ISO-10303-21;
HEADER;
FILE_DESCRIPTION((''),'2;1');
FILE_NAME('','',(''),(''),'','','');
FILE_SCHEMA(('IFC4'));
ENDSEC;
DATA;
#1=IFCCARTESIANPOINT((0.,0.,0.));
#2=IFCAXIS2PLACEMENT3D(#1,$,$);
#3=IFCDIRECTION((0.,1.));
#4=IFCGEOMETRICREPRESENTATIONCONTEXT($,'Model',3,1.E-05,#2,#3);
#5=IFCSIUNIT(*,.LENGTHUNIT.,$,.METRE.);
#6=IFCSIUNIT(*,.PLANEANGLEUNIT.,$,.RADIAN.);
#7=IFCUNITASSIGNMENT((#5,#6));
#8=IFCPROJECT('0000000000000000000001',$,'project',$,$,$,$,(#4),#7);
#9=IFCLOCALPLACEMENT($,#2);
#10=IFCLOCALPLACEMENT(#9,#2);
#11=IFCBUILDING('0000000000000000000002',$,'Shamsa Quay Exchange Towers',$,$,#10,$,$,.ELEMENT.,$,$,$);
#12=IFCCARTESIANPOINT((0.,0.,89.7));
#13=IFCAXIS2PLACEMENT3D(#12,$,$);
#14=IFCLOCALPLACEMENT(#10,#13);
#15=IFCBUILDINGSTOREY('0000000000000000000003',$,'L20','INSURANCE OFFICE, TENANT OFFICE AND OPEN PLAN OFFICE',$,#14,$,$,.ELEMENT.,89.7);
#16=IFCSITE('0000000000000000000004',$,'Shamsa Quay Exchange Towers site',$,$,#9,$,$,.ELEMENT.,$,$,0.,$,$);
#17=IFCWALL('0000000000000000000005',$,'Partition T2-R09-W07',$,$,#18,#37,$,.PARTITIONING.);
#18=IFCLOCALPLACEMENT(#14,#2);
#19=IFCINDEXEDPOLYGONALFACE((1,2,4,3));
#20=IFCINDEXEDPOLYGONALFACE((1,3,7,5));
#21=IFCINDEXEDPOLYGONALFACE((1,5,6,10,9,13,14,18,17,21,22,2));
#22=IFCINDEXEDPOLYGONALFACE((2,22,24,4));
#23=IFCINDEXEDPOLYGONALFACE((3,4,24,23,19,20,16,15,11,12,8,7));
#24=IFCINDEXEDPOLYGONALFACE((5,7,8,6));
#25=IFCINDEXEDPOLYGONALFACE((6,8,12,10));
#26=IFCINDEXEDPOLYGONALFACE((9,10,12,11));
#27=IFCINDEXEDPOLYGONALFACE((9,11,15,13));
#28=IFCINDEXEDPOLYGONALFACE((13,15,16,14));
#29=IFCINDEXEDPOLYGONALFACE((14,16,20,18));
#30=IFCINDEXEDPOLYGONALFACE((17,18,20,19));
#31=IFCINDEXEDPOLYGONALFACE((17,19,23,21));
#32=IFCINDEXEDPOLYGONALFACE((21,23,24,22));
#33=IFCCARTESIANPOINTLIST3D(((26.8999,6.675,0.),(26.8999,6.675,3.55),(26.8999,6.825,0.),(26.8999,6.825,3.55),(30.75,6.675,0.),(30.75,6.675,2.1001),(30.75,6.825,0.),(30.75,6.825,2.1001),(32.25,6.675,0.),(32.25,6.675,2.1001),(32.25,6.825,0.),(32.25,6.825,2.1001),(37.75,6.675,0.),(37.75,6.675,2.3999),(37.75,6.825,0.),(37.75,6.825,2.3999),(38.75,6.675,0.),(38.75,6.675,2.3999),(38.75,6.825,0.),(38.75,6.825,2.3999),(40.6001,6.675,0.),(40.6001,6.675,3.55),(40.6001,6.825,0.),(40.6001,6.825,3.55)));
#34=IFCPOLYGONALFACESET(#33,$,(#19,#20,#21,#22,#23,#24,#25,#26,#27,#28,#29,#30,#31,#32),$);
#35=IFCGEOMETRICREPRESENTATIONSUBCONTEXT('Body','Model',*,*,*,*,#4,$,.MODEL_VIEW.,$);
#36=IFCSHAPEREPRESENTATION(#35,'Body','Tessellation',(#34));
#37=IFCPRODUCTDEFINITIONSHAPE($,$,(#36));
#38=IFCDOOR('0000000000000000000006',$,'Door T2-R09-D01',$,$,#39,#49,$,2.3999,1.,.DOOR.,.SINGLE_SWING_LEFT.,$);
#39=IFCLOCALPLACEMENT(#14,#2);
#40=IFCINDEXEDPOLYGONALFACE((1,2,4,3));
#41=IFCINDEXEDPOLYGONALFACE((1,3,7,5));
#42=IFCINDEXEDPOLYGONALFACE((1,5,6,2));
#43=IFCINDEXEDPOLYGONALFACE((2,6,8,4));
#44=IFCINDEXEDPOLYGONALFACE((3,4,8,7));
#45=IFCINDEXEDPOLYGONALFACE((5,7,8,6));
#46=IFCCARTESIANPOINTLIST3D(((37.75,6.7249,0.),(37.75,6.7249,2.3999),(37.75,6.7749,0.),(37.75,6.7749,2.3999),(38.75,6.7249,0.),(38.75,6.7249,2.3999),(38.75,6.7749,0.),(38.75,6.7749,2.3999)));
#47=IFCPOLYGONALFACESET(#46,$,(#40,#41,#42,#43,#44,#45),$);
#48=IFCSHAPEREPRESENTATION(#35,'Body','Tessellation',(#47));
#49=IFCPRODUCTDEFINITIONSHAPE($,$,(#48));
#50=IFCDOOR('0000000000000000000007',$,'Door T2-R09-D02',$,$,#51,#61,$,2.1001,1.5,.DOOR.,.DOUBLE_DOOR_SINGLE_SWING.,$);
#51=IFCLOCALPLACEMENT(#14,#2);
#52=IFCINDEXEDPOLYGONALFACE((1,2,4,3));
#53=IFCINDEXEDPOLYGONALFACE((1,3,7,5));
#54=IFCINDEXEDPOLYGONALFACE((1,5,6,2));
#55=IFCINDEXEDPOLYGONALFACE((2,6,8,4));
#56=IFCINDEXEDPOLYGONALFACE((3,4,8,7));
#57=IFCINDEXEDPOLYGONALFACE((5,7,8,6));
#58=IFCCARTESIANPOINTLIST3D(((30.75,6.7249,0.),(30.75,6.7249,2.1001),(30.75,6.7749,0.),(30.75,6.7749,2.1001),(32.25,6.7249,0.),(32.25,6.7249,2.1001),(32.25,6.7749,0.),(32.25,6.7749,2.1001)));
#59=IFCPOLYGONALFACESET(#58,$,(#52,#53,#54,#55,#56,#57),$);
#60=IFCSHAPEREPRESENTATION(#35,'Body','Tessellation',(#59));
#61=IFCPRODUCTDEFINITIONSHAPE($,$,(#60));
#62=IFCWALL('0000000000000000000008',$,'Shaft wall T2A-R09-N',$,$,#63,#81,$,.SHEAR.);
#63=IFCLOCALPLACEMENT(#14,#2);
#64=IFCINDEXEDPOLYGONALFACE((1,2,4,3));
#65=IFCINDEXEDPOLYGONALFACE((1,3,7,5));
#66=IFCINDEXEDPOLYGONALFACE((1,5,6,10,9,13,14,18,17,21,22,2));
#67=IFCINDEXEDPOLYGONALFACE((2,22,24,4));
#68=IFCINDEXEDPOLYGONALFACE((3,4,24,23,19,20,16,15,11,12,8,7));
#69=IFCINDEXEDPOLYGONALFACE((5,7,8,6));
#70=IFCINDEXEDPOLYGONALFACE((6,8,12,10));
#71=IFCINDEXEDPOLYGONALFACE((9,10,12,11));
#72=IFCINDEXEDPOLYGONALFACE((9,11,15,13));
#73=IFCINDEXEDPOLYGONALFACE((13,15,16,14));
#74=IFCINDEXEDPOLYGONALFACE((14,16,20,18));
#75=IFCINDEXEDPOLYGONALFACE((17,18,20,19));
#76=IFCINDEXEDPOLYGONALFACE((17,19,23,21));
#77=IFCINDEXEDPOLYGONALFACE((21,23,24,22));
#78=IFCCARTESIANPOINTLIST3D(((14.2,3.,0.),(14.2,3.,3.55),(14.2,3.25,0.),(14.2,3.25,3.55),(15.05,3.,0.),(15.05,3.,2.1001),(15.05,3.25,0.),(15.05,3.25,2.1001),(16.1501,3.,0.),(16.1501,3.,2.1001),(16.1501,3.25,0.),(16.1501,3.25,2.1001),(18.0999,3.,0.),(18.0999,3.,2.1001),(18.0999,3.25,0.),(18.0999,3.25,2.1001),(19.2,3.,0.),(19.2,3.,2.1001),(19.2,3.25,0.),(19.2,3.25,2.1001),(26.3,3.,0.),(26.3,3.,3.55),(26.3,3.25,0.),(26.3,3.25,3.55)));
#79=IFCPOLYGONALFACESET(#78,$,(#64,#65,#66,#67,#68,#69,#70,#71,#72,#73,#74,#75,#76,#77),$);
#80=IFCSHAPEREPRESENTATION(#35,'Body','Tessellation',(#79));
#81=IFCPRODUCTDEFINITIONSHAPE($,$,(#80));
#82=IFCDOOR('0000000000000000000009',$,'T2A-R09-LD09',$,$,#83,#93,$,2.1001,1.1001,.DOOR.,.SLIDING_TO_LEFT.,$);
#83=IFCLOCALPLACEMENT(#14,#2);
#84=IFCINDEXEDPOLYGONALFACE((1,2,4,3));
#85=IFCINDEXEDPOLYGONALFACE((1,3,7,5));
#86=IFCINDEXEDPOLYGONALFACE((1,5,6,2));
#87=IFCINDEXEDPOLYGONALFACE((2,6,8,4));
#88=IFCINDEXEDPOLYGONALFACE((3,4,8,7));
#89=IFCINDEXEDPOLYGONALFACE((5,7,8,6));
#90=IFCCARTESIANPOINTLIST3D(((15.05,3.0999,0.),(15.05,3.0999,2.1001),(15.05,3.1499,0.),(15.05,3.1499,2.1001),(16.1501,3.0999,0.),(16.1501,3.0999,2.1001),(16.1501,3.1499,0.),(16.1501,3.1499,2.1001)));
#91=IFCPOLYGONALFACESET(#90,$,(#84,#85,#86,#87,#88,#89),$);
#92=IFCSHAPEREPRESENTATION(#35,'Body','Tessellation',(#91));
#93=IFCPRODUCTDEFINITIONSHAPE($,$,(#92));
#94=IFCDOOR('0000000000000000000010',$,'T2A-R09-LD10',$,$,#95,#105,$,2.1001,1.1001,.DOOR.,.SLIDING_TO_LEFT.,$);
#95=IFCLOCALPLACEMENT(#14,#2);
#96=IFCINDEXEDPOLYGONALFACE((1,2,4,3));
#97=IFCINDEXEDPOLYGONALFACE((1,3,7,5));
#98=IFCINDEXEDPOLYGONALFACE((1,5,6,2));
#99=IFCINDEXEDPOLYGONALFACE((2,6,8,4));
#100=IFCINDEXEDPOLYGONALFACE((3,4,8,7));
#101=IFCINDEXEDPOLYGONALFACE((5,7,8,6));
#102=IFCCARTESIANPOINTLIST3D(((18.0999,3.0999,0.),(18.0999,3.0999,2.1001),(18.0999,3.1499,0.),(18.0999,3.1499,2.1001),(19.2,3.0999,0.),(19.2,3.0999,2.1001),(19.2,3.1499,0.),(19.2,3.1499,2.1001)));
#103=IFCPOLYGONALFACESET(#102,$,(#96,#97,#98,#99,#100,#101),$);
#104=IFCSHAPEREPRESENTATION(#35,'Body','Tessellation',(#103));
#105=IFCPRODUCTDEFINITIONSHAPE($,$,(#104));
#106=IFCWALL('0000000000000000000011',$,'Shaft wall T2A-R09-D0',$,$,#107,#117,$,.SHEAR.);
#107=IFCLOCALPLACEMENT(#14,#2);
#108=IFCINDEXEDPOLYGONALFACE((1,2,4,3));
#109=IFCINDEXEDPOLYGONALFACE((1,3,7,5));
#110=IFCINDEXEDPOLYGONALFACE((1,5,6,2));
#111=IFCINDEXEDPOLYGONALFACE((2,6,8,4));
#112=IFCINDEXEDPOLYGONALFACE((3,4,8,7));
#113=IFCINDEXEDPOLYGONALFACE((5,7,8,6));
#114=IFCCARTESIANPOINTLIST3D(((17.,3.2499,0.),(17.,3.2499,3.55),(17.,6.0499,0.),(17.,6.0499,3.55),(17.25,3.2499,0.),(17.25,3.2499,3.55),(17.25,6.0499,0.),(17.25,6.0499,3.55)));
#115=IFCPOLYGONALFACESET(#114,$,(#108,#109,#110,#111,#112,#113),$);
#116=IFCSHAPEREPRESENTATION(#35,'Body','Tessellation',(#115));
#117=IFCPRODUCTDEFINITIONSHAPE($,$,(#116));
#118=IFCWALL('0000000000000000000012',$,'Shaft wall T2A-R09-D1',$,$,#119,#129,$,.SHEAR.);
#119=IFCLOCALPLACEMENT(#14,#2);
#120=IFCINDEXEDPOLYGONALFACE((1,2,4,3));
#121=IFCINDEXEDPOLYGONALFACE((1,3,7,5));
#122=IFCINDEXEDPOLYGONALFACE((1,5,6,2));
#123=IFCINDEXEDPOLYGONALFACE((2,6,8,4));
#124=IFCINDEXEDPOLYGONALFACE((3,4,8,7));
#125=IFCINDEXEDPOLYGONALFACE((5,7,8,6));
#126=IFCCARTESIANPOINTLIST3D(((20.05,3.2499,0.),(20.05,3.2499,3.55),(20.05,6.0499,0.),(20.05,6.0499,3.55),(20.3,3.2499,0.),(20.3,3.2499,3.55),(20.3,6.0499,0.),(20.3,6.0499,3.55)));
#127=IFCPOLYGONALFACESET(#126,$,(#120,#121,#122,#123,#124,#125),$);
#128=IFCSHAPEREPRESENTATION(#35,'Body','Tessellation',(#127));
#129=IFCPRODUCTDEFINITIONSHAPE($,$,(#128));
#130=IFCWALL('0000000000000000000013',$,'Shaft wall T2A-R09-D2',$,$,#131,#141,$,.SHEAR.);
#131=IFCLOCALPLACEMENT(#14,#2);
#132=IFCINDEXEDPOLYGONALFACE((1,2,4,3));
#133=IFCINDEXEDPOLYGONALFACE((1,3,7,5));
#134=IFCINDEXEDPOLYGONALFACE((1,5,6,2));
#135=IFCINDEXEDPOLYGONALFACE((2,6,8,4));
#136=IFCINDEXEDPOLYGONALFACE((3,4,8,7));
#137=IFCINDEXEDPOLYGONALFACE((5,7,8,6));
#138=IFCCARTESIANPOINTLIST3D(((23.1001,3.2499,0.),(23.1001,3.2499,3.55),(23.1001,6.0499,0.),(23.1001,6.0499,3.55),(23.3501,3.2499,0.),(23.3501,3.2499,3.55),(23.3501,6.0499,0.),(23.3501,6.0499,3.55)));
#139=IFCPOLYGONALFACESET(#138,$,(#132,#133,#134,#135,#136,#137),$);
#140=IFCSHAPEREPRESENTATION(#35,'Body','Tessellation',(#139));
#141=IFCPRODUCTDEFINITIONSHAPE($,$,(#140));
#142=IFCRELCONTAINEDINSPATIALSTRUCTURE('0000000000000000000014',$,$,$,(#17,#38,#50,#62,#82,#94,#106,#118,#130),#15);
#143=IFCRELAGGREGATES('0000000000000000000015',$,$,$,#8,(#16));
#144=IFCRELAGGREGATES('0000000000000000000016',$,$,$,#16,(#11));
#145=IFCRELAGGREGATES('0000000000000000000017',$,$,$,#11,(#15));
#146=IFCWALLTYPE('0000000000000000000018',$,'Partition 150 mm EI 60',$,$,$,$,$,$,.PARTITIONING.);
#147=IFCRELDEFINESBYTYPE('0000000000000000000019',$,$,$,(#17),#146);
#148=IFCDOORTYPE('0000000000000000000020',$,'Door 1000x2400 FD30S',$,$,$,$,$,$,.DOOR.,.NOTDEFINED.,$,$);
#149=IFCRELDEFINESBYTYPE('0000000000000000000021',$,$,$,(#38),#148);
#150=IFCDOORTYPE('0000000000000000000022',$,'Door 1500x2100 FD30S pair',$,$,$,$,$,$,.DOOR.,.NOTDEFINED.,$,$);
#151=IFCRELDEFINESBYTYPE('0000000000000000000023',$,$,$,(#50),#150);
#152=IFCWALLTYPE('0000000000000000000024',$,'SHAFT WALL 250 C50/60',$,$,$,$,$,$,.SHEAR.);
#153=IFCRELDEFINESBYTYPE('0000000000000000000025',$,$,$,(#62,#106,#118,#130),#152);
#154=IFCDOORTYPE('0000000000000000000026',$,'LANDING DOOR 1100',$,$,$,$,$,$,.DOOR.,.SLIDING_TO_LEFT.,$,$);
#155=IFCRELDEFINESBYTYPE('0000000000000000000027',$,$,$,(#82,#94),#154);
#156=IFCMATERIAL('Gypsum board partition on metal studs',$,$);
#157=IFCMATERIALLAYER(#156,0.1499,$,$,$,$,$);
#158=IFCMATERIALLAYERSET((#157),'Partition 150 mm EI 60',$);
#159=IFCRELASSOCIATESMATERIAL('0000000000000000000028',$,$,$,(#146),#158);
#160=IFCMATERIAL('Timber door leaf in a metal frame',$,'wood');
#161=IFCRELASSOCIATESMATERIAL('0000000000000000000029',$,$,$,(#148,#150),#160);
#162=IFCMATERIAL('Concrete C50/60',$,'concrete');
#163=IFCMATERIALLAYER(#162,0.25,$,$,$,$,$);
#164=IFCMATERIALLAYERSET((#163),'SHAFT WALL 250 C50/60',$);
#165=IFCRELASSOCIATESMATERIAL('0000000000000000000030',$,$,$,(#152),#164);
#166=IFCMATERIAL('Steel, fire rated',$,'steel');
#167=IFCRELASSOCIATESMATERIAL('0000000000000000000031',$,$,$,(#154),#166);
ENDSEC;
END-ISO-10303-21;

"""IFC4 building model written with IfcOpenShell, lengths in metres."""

from ifc_helpers import new_model, si_unit, direction, frame, frame_2d, origin, place, context, subcontext, project, spatial, rectangle, extrude, material, layer, layer_set, type_object, element, fill, save


model = new_model("IFC4")

# Units and contexts
model_context = context("Model", 3, precision=1e-05, world=origin(), true_north=direction((0.0, 1.0)))
body_context = subcontext(model_context, "Body", "Model", "MODEL_VIEW")
ifc_project = project(units=[si_unit("LENGTHUNIT", "METRE"), si_unit("PLANEANGLEUNIT", "RADIAN")], contexts=[model_context])

# Site, building, storey
site_placement = place(None, origin())
site = spatial("IfcSite", under=ifc_project, at=site_placement, Name="Shamsa Quay Exchange Towers site", CompositionType="ELEMENT", RefElevation=0.0)
building_placement = place(site_placement, origin())
building = spatial("IfcBuilding", under=site, at=building_placement, Name="Shamsa Quay Exchange Towers", CompositionType="ELEMENT")
storey_placement = place(building_placement, frame((0.0, 0.0, 89.7)))
storey = spatial("IfcBuildingStorey", under=building, at=storey_placement, Name="L20", Description="INSURANCE OFFICE, TENANT OFFICE AND OPEN PLAN OFFICE", CompositionType="ELEMENT", Elevation=89.7)

# Walls, openings, doors
ifc_material_1 = material(Name="Steel, fire rated", Category="steel")
ifc_material_2 = material(Name="Gypsum board partition on metal studs")
ifc_layer_1 = layer(ifc_material_2, 0.1499)
ifc_layer_set_1 = layer_set([ifc_layer_1], Name="Partition 150 mm EI 60")
wall_type_1 = type_object("IfcWallType", Name="Partition 150 mm EI 60", PredefinedType="PARTITIONING", material=ifc_layer_set_1)
wall_1_placement = place(storey_placement, frame((26.8999, 6.75, 0.0)))
wall_1 = element("IfcWall", 1, at=wall_1_placement, inside=storey, type_object=wall_type_1, Name="Partition T2-R09-W07", PredefinedType="PARTITIONING", context=body_context, shape_type="SweptSolid", body=[
    extrude(rectangle(XDim=13.7002, YDim=0.1499, at=frame_2d((6.8501, 0.0))), origin(), (0.0, 0.0, 1.0), 3.55),
])
opening_1_placement = place(wall_1_placement, frame((10.8501, 0.0, 0.0)))
opening_1 = element("IfcOpeningElement", 2, at=opening_1_placement, cuts=wall_1, PredefinedType="OPENING", context=body_context, shape_type="SweptSolid", body=[
    extrude(rectangle(XDim=1.0, YDim=2.3999, at=frame_2d((0.5, 1.2))), frame((0.0, 0.085, 0.0), z_axis=(0.0, -1.0, 0.0), x_axis=(1.0, 0.0, 0.0)), (0.0, 0.0, 1.0), 0.1699),
])
opening_2_placement = place(wall_1_placement, frame((3.8501, 0.0, 0.0)))
opening_2 = element("IfcOpeningElement", 3, at=opening_2_placement, cuts=wall_1, PredefinedType="OPENING", context=body_context, shape_type="SweptSolid", body=[
    extrude(rectangle(XDim=1.5, YDim=2.1001, at=frame_2d((0.75, 1.05))), frame((0.0, 0.085, 0.0), z_axis=(0.0, -1.0, 0.0), x_axis=(1.0, 0.0, 0.0)), (0.0, 0.0, 1.0), 0.1699),
])
ifc_material_3 = material(Name="Timber door leaf in a metal frame", Category="wood")
door_type_1 = type_object("IfcDoorType", Name="Door 1000x2400 FD30S", OperationType="NOTDEFINED", PredefinedType="DOOR", material=ifc_material_3)
door_1_placement = place(opening_1_placement, origin())
door_1 = element("IfcDoor", 4, at=door_1_placement, inside=storey, type_object=door_type_1, Name="Door T2-R09-D01", OperationType="SINGLE_SWING_LEFT", OverallHeight=2.3999, OverallWidth=1.0, PredefinedType="DOOR", context=body_context, shape_type="SweptSolid", body=[
    extrude(rectangle(XDim=1.0, YDim=2.3999, at=frame_2d((0.5, 1.2))), frame((0.0, 0.0249, 0.0), z_axis=(0.0, -1.0, 0.0), x_axis=(1.0, 0.0, 0.0)), (0.0, 0.0, 1.0), 0.05),
])
fill(opening_1, door_1)
door_type_2 = type_object("IfcDoorType", Name="Door 1500x2100 FD30S pair", OperationType="NOTDEFINED", PredefinedType="DOOR", material=ifc_material_3)
door_2_placement = place(opening_2_placement, origin())
door_2 = element("IfcDoor", 5, at=door_2_placement, inside=storey, type_object=door_type_2, Name="Door T2-R09-D02", OperationType="DOUBLE_DOOR_SINGLE_SWING", OverallHeight=2.1001, OverallWidth=1.5, PredefinedType="DOOR", context=body_context, shape_type="SweptSolid", body=[
    extrude(rectangle(XDim=1.5, YDim=2.1001, at=frame_2d((0.75, 1.05))), frame((0.0, 0.0249, 0.0), z_axis=(0.0, -1.0, 0.0), x_axis=(1.0, 0.0, 0.0)), (0.0, 0.0, 1.0), 0.05),
])
fill(opening_2, door_2)
ifc_material_4 = material(Name="Concrete C50/60", Category="concrete")
ifc_layer_2 = layer(ifc_material_4, 0.25)
ifc_layer_set_2 = layer_set([ifc_layer_2], Name="SHAFT WALL 250 C50/60")
wall_type_2 = type_object("IfcWallType", Name="SHAFT WALL 250 C50/60", PredefinedType="SHEAR", material=ifc_layer_set_2)
wall_2_placement = place(storey_placement, frame((14.2, 3.125, 0.0)))
wall_2 = element("IfcWall", 6, at=wall_2_placement, inside=storey, type_object=wall_type_2, Name="Shaft wall T2A-R09-N", PredefinedType="SHEAR", context=body_context, shape_type="SweptSolid", body=[
    extrude(rectangle(XDim=12.1001, YDim=0.25, at=frame_2d((6.05, 0.0))), origin(), (0.0, 0.0, 1.0), 3.55),
])
opening_3_placement = place(wall_2_placement, frame((0.8501, 0.0, 0.0)))
opening_3 = element("IfcOpeningElement", 7, at=opening_3_placement, cuts=wall_2, PredefinedType="OPENING", context=body_context, shape_type="SweptSolid", body=[
    extrude(rectangle(XDim=1.1001, YDim=2.1001, at=frame_2d((0.55, 1.05))), frame((0.0, 0.135, 0.0), z_axis=(0.0, -1.0, 0.0), x_axis=(1.0, 0.0, 0.0)), (0.0, 0.0, 1.0), 0.27),
])
opening_4_placement = place(wall_2_placement, frame((3.8999, 0.0, 0.0)))
opening_4 = element("IfcOpeningElement", 8, at=opening_4_placement, cuts=wall_2, PredefinedType="OPENING", context=body_context, shape_type="SweptSolid", body=[
    extrude(rectangle(XDim=1.1001, YDim=2.1001, at=frame_2d((0.55, 1.05))), frame((0.0, 0.135, 0.0), z_axis=(0.0, -1.0, 0.0), x_axis=(1.0, 0.0, 0.0)), (0.0, 0.0, 1.0), 0.27),
])
door_type_3 = type_object("IfcDoorType", Name="LANDING DOOR 1100", OperationType="SLIDING_TO_LEFT", PredefinedType="DOOR", material=ifc_material_1)
door_3_placement = place(opening_3_placement, origin())
door_3 = element("IfcDoor", 9, at=door_3_placement, inside=storey, type_object=door_type_3, Name="T2A-R09-LD09", OperationType="SLIDING_TO_LEFT", OverallHeight=2.1001, OverallWidth=1.1001, PredefinedType="DOOR", context=body_context, shape_type="SweptSolid", body=[
    extrude(rectangle(XDim=1.1001, YDim=2.1001, at=frame_2d((0.55, 1.05))), frame((0.0, 0.0249, 0.0), z_axis=(0.0, -1.0, 0.0), x_axis=(1.0, 0.0, 0.0)), (0.0, 0.0, 1.0), 0.05),
])
fill(opening_3, door_3)
door_4_placement = place(opening_4_placement, origin())
door_4 = element("IfcDoor", 10, at=door_4_placement, inside=storey, type_object=door_type_3, Name="T2A-R09-LD10", OperationType="SLIDING_TO_LEFT", OverallHeight=2.1001, OverallWidth=1.1001, PredefinedType="DOOR", context=body_context, shape_type="SweptSolid", body=[
    extrude(rectangle(XDim=1.1001, YDim=2.1001, at=frame_2d((0.55, 1.05))), frame((0.0, 0.0249, 0.0), z_axis=(0.0, -1.0, 0.0), x_axis=(1.0, 0.0, 0.0)), (0.0, 0.0, 1.0), 0.05),
])
fill(opening_4, door_4)

# Walls
for number, where, z_axis, x_axis, name in (
    (11, (17.125, 3.25, 0.0), (0.0, 0.0, 1.0), (0.0, 1.0, 0.0), "Shaft wall T2A-R09-D0"),
    (12, (20.175, 3.25, 0.0), (0.0, 0.0, 1.0), (0.0, 1.0, 0.0), "Shaft wall T2A-R09-D1"),
    (13, (23.2251, 3.25, 0.0), (0.0, 0.0, 1.0), (0.0, 1.0, 0.0), "Shaft wall T2A-R09-D2"),
):
    element("IfcWall", number, at=place(storey_placement, frame(where, z_axis=z_axis, x_axis=x_axis)), inside=storey, type_object=wall_type_2, Name=name, PredefinedType="SHEAR", context=body_context, shape_type="SweptSolid", body=[
        extrude(rectangle(XDim=2.8, YDim=0.25, at=frame_2d((1.3999, 0.0))), origin(), (0.0, 0.0, 1.0), 3.55),
    ])

save(model, "model.ifc")
